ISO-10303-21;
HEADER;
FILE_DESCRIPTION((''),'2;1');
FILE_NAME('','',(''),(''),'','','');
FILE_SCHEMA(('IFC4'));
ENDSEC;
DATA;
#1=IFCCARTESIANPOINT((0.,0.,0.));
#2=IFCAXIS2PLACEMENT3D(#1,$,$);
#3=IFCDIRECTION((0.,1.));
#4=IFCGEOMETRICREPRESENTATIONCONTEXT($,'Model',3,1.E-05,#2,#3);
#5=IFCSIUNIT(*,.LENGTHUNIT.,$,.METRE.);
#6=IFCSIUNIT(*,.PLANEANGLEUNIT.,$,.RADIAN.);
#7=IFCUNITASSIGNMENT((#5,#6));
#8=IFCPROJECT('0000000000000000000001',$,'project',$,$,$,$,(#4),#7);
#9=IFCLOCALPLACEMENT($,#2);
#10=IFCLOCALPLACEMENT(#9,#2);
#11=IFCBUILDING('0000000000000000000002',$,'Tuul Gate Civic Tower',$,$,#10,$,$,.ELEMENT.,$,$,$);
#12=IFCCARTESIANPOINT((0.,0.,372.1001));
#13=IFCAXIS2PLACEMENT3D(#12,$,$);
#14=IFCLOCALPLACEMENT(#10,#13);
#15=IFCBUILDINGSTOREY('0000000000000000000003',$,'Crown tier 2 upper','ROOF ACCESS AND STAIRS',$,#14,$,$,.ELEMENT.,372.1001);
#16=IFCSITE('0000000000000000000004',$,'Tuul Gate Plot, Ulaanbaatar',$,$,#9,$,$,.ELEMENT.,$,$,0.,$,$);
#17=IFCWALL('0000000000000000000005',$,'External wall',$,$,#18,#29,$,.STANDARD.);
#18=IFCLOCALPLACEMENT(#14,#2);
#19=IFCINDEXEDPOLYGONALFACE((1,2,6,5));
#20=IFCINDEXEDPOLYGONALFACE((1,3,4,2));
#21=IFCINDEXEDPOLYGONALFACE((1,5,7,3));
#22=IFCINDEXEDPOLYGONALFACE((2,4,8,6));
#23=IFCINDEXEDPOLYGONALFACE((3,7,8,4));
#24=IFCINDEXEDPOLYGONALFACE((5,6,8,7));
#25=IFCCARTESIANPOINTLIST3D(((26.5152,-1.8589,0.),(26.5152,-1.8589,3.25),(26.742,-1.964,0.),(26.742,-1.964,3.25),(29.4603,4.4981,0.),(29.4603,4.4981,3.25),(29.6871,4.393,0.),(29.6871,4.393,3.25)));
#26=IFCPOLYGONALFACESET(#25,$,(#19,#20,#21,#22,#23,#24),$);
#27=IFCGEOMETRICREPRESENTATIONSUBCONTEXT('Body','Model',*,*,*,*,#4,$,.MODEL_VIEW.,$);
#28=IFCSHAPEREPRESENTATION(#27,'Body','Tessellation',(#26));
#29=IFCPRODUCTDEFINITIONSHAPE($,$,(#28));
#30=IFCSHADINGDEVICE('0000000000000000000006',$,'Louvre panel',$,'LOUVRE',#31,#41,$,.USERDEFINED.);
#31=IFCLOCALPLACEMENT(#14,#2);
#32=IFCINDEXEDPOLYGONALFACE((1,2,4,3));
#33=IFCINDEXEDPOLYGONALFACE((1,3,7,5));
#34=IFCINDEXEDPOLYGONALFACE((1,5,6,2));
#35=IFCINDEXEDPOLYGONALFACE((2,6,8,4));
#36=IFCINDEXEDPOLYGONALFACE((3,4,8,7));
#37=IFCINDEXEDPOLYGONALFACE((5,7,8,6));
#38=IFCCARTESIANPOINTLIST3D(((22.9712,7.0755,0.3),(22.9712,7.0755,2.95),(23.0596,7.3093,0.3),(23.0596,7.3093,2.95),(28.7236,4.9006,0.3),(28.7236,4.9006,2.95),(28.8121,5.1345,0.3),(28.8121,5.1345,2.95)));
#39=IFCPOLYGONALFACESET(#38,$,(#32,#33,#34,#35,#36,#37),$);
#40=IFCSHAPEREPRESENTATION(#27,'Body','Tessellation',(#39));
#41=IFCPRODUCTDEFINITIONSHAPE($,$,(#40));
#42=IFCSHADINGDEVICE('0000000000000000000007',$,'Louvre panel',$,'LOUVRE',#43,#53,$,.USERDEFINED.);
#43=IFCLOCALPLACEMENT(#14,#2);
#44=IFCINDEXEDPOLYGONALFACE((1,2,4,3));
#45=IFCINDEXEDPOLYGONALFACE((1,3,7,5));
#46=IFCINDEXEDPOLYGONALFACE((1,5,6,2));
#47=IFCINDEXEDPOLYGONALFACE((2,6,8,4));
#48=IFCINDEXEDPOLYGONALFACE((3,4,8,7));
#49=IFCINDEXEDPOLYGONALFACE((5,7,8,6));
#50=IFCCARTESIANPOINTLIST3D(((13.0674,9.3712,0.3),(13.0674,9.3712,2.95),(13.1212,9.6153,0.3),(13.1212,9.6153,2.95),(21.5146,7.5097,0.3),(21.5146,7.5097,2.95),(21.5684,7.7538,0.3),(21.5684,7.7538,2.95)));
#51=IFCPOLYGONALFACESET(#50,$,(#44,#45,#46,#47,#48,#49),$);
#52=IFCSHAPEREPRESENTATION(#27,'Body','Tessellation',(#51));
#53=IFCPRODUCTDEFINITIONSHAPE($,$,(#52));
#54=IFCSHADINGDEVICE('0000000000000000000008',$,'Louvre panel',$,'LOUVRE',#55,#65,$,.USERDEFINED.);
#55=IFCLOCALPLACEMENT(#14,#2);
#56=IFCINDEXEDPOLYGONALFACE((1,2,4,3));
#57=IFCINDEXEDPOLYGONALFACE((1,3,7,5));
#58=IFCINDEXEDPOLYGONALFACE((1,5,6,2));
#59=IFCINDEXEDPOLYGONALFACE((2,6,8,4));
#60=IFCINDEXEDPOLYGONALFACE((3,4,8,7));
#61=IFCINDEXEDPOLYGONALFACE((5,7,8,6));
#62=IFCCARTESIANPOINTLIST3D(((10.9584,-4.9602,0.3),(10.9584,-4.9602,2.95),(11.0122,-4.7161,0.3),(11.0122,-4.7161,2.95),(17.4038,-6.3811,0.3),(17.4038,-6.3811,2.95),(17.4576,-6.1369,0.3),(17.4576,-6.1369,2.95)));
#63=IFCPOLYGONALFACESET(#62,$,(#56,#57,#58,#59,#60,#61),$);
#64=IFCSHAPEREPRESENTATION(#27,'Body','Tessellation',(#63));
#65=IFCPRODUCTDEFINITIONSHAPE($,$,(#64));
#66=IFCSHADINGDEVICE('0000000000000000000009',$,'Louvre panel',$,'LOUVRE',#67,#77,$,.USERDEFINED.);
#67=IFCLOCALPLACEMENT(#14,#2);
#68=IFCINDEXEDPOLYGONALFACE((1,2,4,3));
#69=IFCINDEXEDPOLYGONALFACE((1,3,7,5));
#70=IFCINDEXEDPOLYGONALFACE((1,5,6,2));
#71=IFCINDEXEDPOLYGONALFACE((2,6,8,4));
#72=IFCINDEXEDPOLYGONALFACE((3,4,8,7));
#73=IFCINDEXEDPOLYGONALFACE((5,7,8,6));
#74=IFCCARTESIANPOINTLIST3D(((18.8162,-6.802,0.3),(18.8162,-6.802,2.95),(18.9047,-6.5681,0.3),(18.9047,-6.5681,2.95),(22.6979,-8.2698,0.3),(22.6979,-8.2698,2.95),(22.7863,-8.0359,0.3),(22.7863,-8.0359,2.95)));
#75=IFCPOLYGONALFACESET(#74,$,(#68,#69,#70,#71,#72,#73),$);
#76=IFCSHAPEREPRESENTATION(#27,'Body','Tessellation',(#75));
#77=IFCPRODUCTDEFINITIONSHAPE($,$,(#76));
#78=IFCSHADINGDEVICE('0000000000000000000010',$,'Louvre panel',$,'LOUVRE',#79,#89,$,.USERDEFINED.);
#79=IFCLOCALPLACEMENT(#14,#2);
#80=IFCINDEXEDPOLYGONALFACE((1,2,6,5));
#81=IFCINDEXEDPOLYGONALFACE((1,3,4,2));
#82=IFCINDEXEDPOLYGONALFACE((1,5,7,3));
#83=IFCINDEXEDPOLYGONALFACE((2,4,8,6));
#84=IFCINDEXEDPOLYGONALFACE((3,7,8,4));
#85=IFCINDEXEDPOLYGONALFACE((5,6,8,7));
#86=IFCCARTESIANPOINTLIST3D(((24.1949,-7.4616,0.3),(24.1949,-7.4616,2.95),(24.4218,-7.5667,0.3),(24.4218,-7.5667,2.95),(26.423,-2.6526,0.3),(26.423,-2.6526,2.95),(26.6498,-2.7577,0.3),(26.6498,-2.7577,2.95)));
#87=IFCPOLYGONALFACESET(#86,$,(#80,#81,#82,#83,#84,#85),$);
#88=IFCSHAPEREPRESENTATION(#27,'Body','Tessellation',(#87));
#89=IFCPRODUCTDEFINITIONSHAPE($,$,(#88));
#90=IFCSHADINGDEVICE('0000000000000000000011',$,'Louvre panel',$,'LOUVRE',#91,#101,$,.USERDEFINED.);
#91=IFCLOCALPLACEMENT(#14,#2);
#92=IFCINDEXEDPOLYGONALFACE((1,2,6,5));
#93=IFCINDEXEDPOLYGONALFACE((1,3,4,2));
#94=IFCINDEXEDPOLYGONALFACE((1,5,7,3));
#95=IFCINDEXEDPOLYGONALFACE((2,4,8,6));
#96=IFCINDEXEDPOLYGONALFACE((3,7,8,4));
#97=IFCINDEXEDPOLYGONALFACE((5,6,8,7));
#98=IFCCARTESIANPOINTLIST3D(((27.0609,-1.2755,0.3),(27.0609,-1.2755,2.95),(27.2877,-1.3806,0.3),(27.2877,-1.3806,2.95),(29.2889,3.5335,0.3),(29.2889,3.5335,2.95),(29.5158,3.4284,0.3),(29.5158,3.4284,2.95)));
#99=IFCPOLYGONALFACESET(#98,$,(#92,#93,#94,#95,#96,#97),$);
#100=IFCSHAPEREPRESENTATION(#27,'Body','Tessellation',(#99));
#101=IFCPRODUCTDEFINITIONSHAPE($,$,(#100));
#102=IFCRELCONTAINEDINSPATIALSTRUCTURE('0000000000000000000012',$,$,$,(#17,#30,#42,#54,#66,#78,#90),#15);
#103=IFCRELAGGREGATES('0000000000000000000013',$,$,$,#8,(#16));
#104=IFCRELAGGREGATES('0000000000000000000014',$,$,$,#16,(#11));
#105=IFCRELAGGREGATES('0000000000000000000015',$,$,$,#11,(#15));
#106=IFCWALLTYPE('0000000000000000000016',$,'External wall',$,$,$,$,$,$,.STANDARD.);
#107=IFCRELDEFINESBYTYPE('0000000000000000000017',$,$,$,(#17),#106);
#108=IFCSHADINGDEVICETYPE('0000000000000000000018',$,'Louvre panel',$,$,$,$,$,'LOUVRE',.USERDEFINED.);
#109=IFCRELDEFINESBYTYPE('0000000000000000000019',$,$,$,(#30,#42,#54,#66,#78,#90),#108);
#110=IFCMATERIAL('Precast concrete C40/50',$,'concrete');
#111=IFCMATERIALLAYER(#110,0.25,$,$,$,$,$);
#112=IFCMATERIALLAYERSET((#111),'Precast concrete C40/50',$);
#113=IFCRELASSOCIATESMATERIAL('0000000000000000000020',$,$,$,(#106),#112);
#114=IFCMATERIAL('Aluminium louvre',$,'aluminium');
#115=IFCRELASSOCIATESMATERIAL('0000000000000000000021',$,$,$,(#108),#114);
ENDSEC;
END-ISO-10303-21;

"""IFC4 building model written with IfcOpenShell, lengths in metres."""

from ifc_helpers import new_model, si_unit, direction, frame, frame_2d, origin, origin_2d, place, context, subcontext, project, spatial, rectangle, extrude, material, layer, layer_set, type_object, element, save


model = new_model("IFC4")

# Units and contexts
model_context = context("Model", 3, precision=1e-05, world=origin(), true_north=direction((0.0, 1.0)))
body_context = subcontext(model_context, "Body", "Model", "MODEL_VIEW")
ifc_project = project(units=[si_unit("LENGTHUNIT", "METRE"), si_unit("PLANEANGLEUNIT", "RADIAN")], contexts=[model_context])

# Site, building, storey
site_placement = place(None, origin())
site = spatial("IfcSite", under=ifc_project, at=site_placement, Name="Tuul Gate Plot, Ulaanbaatar", CompositionType="ELEMENT", RefElevation=0.0)
building_placement = place(site_placement, origin())
building = spatial("IfcBuilding", under=site, at=building_placement, Name="Tuul Gate Civic Tower", CompositionType="ELEMENT")
storey_placement = place(building_placement, frame((0.0, 0.0, 372.1001)))
storey = spatial("IfcBuildingStorey", under=building, at=storey_placement, Name="Crown tier 2 upper", Description="ROOF ACCESS AND STAIRS", CompositionType="ELEMENT", Elevation=372.1001)

# Wall
ifc_material_1 = material(Name="Precast concrete C40/50", Category="concrete")
ifc_layer_1 = layer(ifc_material_1, 0.25)
ifc_layer_set_1 = layer_set([ifc_layer_1], Name="Precast concrete C40/50")
wall_type_1 = type_object("IfcWallType", Name="External wall", PredefinedType="STANDARD", material=ifc_layer_set_1)
wall_1_placement = place(storey_placement, frame((26.6287, -1.9114, 0.0), z_axis=(0.0, 0.0, 1.0), x_axis=(0.420364, 0.907356, 0.0)))
element("IfcWall", 1, at=wall_1_placement, inside=storey, type_object=wall_type_1, Name="External wall", PredefinedType="STANDARD", context=body_context, shape_type="SweptSolid", body=[
    extrude(rectangle(XDim=7.0061, YDim=0.25, at=frame_2d((3.5029, 0.0))), origin(), (0.0, 0.0, 1.0), 3.25),
])

# Shading devices
ifc_material_2 = material(Name="Aluminium louvre", Category="aluminium")
shading_device_type = type_object("IfcShadingDeviceType", Name="Louvre panel", ElementType="LOUVRE", PredefinedType="USERDEFINED", material=ifc_material_2)
shading_device_1_placement = place(storey_placement, frame((25.8916, 6.105, 0.3), z_axis=(0.0, 0.0, 1.0), x_axis=(0.353646, 0.935379, 0.0)))
element("IfcShadingDevice", 2, at=shading_device_1_placement, inside=storey, type_object=shading_device_type, Name="Louvre panel", ObjectType="LOUVRE", PredefinedType="USERDEFINED", context=body_context, shape_type="SweptSolid", body=[
    extrude(rectangle(XDim=0.25, YDim=6.1499, at=origin_2d()), origin(), (0.0, 0.0, 1.0), 2.6499),
])
shading_device_2_placement = place(storey_placement, frame((17.3179, 8.5625, 0.3), z_axis=(0.0, 0.0, 1.0), x_axis=(0.215211, 0.976568, 0.0)))
element("IfcShadingDevice", 3, at=shading_device_2_placement, inside=storey, type_object=shading_device_type, Name="Louvre panel", ObjectType="LOUVRE", PredefinedType="USERDEFINED", context=body_context, shape_type="SweptSolid", body=[
    extrude(rectangle(XDim=0.25, YDim=8.6499, at=origin_2d()), origin(), (0.0, 0.0, 1.0), 2.6499),
])
shading_device_3_placement = place(storey_placement, frame((14.208, -5.5486, 0.3), z_axis=(0.0, 0.0, 1.0), x_axis=(-0.215271, -0.976554, 0.0)))
element("IfcShadingDevice", 4, at=shading_device_3_placement, inside=storey, type_object=shading_device_type, Name="Louvre panel", ObjectType="LOUVRE", PredefinedType="USERDEFINED", context=body_context, shape_type="SweptSolid", body=[
    extrude(rectangle(XDim=0.25, YDim=6.6001, at=origin_2d()), origin(), (0.0, 0.0, 1.0), 2.6499),
])
shading_device_4_placement = place(storey_placement, frame((20.8013, -7.4189, 0.3), z_axis=(0.0, 0.0, 1.0), x_axis=(-0.353692, -0.935362, 0.0)))
element("IfcShadingDevice", 5, at=shading_device_4_placement, inside=storey, type_object=shading_device_type, Name="Louvre panel", ObjectType="LOUVRE", PredefinedType="USERDEFINED", context=body_context, shape_type="SweptSolid", body=[
    extrude(rectangle(XDim=0.25, YDim=4.1499, at=origin_2d()), origin(), (0.0, 0.0, 1.0), 2.6499),
])
for number, where, z_axis, x_axis, name in (
    (6, (25.4224, -5.1096, 0.3), (0.0, 0.0, 1.0), (0.907349, -0.420379, 0.0), "Louvre panel"),
    (7, (28.2883, 1.0764, 0.3), (0.0, 0.0, 1.0), (0.907349, -0.420379, 0.0), "Louvre panel"),
):
    element("IfcShadingDevice", number, at=place(storey_placement, frame(where, z_axis=z_axis, x_axis=x_axis)), inside=storey, type_object=shading_device_type, Name=name, ObjectType="LOUVRE", PredefinedType="USERDEFINED", context=body_context, shape_type="SweptSolid", body=[
        extrude(rectangle(XDim=0.25, YDim=5.3, at=origin_2d()), origin(), (0.0, 0.0, 1.0), 2.6499),
    ])

save(model, "model.ifc")
